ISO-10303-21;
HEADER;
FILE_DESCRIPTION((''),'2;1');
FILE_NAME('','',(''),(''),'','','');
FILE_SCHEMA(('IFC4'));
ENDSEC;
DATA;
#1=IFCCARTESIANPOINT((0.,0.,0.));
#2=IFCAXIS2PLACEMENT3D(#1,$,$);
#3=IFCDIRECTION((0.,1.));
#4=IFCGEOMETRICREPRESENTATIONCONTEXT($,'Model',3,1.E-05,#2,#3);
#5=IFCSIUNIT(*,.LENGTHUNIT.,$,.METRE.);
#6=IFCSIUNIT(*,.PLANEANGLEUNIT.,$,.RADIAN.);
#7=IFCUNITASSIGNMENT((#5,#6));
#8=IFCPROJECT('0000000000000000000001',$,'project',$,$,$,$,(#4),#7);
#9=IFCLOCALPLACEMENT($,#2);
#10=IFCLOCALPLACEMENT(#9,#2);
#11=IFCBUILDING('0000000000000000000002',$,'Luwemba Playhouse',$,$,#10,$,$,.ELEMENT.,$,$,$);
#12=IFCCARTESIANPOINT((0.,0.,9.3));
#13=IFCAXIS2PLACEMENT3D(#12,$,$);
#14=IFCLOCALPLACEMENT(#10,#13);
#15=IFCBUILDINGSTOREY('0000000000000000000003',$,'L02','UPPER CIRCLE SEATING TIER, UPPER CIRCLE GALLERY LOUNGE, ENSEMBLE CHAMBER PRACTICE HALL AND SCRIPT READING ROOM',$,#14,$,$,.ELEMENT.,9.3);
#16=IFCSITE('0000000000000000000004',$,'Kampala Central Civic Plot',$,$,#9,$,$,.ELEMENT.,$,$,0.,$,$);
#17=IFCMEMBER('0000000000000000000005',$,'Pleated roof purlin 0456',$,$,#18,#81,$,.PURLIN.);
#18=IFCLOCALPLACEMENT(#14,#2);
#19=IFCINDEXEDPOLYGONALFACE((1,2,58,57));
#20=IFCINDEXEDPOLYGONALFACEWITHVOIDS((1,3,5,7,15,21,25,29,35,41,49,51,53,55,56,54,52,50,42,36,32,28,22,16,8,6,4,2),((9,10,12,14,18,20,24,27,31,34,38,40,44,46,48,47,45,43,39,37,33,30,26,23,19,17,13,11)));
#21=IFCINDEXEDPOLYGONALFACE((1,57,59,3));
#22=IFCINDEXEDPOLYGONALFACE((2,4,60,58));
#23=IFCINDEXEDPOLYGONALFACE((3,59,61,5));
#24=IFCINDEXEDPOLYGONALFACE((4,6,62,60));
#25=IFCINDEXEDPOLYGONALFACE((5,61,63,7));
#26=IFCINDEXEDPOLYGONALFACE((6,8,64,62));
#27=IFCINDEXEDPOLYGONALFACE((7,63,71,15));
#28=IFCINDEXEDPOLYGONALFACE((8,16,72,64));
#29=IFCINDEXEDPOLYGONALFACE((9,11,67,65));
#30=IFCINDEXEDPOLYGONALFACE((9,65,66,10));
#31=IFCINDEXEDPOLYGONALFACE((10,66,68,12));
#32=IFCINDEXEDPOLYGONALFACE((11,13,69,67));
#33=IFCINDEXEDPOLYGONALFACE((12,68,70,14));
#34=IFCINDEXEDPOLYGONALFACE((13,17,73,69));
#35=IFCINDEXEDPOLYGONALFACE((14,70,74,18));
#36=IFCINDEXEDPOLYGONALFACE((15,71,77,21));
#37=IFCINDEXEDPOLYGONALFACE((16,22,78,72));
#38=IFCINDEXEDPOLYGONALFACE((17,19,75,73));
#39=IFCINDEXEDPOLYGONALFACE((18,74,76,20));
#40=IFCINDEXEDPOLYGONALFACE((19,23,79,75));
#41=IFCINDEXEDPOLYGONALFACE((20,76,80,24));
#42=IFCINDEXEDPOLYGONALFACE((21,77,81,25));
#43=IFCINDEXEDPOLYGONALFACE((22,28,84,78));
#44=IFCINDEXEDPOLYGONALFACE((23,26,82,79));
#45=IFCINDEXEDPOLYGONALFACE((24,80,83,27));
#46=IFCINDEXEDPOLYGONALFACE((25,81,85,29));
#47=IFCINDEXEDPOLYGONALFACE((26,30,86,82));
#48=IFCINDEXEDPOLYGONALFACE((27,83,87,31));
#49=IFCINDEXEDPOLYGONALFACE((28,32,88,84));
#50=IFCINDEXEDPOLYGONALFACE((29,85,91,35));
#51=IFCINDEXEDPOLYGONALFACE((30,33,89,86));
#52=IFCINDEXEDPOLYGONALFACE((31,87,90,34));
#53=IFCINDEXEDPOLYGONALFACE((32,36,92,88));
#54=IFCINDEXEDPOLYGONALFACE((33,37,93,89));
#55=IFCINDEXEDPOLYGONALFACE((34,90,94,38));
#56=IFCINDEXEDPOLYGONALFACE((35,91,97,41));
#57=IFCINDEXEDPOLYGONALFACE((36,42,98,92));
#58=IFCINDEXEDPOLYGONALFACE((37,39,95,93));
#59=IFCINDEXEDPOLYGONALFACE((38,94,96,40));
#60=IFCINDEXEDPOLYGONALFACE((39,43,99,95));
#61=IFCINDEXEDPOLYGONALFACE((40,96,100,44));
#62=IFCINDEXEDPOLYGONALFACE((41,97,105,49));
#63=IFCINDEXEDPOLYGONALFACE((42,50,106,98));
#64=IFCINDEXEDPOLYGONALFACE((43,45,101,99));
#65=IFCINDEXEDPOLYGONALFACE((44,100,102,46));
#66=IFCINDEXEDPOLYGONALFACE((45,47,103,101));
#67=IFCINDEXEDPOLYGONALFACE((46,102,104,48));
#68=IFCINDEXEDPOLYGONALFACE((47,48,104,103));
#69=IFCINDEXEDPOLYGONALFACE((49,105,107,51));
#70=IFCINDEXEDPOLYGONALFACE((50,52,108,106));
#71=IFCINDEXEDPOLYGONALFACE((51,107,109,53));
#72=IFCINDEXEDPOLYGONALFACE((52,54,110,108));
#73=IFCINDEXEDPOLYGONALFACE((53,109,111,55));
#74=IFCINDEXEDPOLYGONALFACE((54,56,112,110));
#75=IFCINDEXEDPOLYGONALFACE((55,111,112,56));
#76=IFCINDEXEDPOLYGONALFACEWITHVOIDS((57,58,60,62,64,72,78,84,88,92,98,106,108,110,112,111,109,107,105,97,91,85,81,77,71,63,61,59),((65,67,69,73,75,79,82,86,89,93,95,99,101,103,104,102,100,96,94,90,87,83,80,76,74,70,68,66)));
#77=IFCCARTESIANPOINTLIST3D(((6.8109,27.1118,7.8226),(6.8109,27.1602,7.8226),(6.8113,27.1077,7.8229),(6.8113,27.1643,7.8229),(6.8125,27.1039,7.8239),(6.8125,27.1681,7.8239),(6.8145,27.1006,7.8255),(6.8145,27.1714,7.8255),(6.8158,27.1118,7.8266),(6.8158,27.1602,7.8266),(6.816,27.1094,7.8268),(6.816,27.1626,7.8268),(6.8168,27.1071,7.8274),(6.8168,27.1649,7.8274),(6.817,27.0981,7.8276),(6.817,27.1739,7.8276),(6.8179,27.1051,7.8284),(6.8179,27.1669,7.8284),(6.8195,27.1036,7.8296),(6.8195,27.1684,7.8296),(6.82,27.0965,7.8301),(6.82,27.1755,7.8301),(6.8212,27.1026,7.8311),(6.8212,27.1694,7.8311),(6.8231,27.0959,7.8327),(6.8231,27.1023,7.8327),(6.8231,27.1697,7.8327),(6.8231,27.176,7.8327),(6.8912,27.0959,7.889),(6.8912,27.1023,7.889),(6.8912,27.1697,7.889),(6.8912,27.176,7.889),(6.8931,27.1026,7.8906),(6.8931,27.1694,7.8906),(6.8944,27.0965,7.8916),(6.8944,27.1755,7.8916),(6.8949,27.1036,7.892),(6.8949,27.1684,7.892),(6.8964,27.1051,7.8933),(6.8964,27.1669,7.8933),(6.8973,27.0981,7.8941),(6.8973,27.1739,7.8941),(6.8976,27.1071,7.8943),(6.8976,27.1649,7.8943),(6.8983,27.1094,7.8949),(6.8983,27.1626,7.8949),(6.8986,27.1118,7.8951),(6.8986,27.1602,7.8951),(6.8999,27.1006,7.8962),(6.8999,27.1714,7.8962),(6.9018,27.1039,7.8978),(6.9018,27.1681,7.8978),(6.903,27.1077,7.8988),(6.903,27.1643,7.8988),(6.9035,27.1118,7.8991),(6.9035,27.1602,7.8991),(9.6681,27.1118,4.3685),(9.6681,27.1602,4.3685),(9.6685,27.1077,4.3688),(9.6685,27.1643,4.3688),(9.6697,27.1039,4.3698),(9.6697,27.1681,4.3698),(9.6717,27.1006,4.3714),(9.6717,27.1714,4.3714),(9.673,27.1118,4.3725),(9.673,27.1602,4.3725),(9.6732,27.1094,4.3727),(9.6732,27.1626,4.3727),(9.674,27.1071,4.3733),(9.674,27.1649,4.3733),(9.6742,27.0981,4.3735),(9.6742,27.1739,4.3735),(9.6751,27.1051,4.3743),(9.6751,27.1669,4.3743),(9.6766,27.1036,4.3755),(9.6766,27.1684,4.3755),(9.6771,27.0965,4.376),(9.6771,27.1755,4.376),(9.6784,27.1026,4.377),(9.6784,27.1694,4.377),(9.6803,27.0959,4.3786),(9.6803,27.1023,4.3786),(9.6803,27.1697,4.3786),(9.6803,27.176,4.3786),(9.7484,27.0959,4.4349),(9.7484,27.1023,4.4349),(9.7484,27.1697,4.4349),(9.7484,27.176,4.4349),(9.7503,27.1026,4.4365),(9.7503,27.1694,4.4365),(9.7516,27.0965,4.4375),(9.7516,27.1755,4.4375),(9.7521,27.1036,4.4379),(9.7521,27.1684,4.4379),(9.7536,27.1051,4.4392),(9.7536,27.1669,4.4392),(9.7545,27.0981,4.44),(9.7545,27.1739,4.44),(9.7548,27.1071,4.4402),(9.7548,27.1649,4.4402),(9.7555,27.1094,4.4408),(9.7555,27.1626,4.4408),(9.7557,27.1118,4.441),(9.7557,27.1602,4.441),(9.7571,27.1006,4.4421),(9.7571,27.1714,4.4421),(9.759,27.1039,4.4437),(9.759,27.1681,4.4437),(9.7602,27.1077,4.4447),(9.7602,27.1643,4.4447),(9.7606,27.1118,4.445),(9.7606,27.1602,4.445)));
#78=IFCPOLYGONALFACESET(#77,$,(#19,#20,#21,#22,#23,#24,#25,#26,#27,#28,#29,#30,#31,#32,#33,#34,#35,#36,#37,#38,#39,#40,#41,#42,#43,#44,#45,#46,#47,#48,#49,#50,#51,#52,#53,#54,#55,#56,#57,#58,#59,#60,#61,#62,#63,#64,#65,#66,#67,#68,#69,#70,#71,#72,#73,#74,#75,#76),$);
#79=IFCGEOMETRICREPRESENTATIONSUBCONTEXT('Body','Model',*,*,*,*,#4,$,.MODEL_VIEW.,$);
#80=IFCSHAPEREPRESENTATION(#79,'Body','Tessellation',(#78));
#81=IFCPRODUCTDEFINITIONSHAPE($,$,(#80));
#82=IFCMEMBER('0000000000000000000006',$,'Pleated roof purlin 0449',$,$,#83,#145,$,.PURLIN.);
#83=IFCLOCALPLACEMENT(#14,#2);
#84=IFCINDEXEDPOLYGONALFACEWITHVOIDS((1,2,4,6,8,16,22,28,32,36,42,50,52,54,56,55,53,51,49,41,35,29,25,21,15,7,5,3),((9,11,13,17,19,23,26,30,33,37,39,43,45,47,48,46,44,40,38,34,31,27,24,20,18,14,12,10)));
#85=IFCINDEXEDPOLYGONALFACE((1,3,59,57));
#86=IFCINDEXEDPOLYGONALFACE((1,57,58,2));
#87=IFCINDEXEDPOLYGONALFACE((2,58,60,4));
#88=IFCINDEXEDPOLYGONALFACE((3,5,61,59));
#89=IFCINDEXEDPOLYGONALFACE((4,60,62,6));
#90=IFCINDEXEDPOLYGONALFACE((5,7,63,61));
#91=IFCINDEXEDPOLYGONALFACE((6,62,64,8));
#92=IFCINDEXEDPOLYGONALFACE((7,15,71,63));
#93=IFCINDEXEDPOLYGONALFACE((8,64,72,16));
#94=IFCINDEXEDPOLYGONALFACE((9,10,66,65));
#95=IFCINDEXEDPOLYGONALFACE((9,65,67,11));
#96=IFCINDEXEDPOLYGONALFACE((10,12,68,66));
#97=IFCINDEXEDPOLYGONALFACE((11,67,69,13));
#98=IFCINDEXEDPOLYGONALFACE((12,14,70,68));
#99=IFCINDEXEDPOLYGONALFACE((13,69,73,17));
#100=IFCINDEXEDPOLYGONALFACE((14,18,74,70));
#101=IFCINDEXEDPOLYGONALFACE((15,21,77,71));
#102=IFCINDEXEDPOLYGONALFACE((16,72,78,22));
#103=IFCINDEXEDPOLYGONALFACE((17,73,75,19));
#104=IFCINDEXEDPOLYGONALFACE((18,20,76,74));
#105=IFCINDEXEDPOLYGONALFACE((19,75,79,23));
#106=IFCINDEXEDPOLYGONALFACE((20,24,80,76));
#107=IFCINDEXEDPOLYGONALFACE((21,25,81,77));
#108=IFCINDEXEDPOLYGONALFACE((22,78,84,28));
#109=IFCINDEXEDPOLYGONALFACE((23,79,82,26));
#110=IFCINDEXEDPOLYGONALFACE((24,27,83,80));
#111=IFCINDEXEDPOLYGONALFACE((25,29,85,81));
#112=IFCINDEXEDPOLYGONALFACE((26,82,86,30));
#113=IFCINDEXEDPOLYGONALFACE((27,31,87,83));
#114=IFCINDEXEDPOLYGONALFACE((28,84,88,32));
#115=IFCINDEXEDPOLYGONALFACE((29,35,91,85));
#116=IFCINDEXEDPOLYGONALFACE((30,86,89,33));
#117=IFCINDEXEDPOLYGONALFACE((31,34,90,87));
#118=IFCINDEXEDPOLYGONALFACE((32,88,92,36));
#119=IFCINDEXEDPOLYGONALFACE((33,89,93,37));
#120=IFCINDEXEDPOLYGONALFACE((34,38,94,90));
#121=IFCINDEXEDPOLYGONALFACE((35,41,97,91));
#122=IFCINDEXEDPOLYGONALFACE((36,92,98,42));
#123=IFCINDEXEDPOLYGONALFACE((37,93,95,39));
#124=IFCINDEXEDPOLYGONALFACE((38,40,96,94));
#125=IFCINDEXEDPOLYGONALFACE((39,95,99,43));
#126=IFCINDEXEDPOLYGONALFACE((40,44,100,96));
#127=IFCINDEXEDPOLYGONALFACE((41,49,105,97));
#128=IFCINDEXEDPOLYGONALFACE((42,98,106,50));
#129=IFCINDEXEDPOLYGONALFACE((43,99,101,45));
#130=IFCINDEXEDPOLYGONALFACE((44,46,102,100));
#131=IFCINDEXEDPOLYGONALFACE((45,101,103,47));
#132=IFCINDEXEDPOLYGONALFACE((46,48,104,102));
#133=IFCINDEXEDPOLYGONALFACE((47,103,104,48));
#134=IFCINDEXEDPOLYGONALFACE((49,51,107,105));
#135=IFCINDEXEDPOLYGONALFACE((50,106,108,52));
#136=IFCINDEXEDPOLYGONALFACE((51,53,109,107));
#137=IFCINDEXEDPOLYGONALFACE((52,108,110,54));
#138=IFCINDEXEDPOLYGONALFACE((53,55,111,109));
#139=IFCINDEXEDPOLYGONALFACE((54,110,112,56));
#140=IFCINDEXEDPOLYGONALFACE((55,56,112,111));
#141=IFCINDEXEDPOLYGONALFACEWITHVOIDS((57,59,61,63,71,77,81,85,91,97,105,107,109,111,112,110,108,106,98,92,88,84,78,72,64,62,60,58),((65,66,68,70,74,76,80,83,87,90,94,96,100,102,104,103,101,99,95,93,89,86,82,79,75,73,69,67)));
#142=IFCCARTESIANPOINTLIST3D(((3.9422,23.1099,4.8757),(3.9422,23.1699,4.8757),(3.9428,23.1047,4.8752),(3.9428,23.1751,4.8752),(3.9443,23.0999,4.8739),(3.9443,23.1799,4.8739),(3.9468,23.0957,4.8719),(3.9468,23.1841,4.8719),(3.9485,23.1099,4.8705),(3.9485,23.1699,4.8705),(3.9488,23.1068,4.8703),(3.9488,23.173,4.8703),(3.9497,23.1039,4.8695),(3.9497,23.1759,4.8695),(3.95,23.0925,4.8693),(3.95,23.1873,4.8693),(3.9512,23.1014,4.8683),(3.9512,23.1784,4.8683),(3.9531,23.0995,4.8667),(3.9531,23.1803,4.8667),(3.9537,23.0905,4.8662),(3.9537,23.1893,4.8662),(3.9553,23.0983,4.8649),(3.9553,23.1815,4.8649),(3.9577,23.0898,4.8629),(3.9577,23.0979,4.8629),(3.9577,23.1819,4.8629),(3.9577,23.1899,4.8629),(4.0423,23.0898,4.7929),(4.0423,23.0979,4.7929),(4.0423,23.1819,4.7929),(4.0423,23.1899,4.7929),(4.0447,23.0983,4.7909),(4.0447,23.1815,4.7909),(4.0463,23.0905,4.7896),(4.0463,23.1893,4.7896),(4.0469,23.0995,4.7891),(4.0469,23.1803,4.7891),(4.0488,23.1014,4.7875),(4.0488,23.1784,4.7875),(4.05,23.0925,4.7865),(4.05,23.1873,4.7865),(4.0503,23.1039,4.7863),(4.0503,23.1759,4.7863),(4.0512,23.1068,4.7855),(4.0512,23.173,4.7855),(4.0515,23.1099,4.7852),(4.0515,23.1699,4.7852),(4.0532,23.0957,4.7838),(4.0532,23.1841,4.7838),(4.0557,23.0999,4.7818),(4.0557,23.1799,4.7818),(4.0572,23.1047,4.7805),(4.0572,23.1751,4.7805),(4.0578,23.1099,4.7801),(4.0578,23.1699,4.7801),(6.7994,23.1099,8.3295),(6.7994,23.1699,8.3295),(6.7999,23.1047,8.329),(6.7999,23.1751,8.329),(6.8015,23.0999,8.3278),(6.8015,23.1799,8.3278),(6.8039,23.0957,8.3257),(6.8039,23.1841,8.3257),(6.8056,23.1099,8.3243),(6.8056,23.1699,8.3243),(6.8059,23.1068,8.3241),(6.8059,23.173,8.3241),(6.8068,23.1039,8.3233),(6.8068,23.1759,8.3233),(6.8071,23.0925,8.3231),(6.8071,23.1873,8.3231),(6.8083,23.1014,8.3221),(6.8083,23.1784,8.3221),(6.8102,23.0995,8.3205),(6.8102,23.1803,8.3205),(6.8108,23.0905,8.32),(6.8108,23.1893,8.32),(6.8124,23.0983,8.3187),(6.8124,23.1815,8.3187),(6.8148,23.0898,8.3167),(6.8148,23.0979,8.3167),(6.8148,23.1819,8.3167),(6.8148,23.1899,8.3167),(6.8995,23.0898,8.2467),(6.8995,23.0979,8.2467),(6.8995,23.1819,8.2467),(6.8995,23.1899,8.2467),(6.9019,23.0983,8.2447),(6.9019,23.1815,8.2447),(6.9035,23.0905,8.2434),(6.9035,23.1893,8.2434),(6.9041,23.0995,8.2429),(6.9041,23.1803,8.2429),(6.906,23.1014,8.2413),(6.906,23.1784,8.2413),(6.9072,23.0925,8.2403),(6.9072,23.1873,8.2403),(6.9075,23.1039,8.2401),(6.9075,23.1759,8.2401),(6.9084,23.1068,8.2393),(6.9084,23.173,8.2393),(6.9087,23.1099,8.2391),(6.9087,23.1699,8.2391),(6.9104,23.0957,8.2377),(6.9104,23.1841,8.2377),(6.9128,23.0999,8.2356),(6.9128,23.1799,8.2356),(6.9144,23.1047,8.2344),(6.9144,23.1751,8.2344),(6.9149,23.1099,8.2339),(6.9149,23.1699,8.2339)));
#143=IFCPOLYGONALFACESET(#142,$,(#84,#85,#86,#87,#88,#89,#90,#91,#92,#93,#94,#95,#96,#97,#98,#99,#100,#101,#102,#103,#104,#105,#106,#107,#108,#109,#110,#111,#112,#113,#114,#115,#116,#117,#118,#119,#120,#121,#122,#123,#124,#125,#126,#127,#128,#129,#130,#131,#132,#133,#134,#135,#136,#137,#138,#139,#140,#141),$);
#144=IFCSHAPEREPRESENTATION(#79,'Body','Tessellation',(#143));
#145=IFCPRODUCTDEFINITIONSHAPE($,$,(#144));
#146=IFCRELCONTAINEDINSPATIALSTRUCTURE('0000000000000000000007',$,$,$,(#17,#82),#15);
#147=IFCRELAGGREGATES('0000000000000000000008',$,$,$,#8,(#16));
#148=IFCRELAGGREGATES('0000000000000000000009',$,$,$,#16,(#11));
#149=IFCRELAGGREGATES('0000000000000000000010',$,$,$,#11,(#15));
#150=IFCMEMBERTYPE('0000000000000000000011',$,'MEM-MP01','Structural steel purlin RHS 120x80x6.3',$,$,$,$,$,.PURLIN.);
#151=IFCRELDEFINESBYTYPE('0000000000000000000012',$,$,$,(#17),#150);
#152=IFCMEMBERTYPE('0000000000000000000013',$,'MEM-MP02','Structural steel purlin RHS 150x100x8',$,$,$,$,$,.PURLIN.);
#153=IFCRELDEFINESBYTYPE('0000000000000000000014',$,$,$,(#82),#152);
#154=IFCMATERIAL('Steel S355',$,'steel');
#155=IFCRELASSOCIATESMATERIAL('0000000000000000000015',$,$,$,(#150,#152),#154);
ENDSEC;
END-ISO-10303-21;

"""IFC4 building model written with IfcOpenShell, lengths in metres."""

from ifc_helpers import new_model, si_unit, direction, frame, origin, origin_2d, place, context, subcontext, project, spatial, hollow_rectangle, extrude, material, material_profile, profile_set, type_object, element, save


model = new_model("IFC4")

# Units and contexts
model_context = context("Model", 3, precision=1e-05, world=origin(), true_north=direction((0.0, 1.0)))
body_context = subcontext(model_context, "Body", "Model", "MODEL_VIEW")
ifc_project = project(units=[si_unit("LENGTHUNIT", "METRE"), si_unit("PLANEANGLEUNIT", "RADIAN")], contexts=[model_context])

# Site, building, storey
site_placement = place(None, origin())
site = spatial("IfcSite", under=ifc_project, at=site_placement, Name="Kampala Central Civic Plot", CompositionType="ELEMENT", RefElevation=0.0)
building_placement = place(site_placement, origin())
building = spatial("IfcBuilding", under=site, at=building_placement, Name="Luwemba Playhouse", CompositionType="ELEMENT")
storey_placement = place(building_placement, frame((0.0, 0.0, 9.3)))
storey = spatial("IfcBuildingStorey", under=building, at=storey_placement, Name="L02", Description="UPPER CIRCLE SEATING TIER, UPPER CIRCLE GALLERY LOUNGE, ENSEMBLE CHAMBER PRACTICE HALL AND SCRIPT READING ROOM", CompositionType="ELEMENT", Elevation=9.3)

# Shared definitions
ifc_material_1 = material(Name="Steel S355", Category="steel")

# Members
ifc_material_profile_1 = material_profile(ifc_material_1, hollow_rectangle(XDim=0.0801, YDim=0.1201, WallThickness=0.0063, InnerFilletRadius=0.0095, OuterFilletRadius=0.0159, at=origin_2d()))
ifc_profile_set_1 = profile_set([ifc_material_profile_1], Name="Steel S355")
member_type_1 = type_object("IfcMemberType", Name="MEM-MP01", Description="Structural steel purlin RHS 120x80x6.3", PredefinedType="PURLIN", material=ifc_profile_set_1)
member_1_placement = place(storey_placement, frame((6.8572, 27.136, 7.8608), z_axis=(0.637384, 0.0, -0.770547), x_axis=(0.0, 1.0, 0.0)))
element("IfcMember", 1, at=member_1_placement, inside=storey, type_object=member_type_1, Name="Pleated roof purlin 0456", PredefinedType="PURLIN", context=body_context, shape_type="SweptSolid", body=[
    extrude(hollow_rectangle(XDim=0.0801, YDim=0.1201, WallThickness=0.0063, InnerFilletRadius=0.0095, OuterFilletRadius=0.0159, at=origin_2d()), origin(), (0.0, 0.0, 1.0), 4.4827),
])
ifc_material_profile_2 = material_profile(ifc_material_1, hollow_rectangle(XDim=0.1001, YDim=0.1499, WallThickness=0.0081, InnerFilletRadius=0.012, OuterFilletRadius=0.02, at=origin_2d()))
ifc_profile_set_2 = profile_set([ifc_material_profile_2], Name="Steel S355")
member_type_2 = type_object("IfcMemberType", Name="MEM-MP02", Description="Structural steel purlin RHS 150x100x8", PredefinedType="PURLIN", material=ifc_profile_set_2)
for number, where, z_axis, x_axis, name in (
    (2, (4.0, 23.1399, 4.8279), (0.637411, 0.0, 0.770524), (0.0, 1.0, 0.0), "Pleated roof purlin 0449"),
):
    element("IfcMember", number, at=place(storey_placement, frame(where, z_axis=z_axis, x_axis=x_axis)), inside=storey, type_object=member_type_2, Name=name, PredefinedType="PURLIN", context=body_context, shape_type="SweptSolid", body=[
        extrude(hollow_rectangle(XDim=0.1001, YDim=0.1499, WallThickness=0.0081, InnerFilletRadius=0.012, OuterFilletRadius=0.02, at=origin_2d()), origin(), (0.0, 0.0, 1.0), 4.4824),
    ])

save(model, "model.ifc")
